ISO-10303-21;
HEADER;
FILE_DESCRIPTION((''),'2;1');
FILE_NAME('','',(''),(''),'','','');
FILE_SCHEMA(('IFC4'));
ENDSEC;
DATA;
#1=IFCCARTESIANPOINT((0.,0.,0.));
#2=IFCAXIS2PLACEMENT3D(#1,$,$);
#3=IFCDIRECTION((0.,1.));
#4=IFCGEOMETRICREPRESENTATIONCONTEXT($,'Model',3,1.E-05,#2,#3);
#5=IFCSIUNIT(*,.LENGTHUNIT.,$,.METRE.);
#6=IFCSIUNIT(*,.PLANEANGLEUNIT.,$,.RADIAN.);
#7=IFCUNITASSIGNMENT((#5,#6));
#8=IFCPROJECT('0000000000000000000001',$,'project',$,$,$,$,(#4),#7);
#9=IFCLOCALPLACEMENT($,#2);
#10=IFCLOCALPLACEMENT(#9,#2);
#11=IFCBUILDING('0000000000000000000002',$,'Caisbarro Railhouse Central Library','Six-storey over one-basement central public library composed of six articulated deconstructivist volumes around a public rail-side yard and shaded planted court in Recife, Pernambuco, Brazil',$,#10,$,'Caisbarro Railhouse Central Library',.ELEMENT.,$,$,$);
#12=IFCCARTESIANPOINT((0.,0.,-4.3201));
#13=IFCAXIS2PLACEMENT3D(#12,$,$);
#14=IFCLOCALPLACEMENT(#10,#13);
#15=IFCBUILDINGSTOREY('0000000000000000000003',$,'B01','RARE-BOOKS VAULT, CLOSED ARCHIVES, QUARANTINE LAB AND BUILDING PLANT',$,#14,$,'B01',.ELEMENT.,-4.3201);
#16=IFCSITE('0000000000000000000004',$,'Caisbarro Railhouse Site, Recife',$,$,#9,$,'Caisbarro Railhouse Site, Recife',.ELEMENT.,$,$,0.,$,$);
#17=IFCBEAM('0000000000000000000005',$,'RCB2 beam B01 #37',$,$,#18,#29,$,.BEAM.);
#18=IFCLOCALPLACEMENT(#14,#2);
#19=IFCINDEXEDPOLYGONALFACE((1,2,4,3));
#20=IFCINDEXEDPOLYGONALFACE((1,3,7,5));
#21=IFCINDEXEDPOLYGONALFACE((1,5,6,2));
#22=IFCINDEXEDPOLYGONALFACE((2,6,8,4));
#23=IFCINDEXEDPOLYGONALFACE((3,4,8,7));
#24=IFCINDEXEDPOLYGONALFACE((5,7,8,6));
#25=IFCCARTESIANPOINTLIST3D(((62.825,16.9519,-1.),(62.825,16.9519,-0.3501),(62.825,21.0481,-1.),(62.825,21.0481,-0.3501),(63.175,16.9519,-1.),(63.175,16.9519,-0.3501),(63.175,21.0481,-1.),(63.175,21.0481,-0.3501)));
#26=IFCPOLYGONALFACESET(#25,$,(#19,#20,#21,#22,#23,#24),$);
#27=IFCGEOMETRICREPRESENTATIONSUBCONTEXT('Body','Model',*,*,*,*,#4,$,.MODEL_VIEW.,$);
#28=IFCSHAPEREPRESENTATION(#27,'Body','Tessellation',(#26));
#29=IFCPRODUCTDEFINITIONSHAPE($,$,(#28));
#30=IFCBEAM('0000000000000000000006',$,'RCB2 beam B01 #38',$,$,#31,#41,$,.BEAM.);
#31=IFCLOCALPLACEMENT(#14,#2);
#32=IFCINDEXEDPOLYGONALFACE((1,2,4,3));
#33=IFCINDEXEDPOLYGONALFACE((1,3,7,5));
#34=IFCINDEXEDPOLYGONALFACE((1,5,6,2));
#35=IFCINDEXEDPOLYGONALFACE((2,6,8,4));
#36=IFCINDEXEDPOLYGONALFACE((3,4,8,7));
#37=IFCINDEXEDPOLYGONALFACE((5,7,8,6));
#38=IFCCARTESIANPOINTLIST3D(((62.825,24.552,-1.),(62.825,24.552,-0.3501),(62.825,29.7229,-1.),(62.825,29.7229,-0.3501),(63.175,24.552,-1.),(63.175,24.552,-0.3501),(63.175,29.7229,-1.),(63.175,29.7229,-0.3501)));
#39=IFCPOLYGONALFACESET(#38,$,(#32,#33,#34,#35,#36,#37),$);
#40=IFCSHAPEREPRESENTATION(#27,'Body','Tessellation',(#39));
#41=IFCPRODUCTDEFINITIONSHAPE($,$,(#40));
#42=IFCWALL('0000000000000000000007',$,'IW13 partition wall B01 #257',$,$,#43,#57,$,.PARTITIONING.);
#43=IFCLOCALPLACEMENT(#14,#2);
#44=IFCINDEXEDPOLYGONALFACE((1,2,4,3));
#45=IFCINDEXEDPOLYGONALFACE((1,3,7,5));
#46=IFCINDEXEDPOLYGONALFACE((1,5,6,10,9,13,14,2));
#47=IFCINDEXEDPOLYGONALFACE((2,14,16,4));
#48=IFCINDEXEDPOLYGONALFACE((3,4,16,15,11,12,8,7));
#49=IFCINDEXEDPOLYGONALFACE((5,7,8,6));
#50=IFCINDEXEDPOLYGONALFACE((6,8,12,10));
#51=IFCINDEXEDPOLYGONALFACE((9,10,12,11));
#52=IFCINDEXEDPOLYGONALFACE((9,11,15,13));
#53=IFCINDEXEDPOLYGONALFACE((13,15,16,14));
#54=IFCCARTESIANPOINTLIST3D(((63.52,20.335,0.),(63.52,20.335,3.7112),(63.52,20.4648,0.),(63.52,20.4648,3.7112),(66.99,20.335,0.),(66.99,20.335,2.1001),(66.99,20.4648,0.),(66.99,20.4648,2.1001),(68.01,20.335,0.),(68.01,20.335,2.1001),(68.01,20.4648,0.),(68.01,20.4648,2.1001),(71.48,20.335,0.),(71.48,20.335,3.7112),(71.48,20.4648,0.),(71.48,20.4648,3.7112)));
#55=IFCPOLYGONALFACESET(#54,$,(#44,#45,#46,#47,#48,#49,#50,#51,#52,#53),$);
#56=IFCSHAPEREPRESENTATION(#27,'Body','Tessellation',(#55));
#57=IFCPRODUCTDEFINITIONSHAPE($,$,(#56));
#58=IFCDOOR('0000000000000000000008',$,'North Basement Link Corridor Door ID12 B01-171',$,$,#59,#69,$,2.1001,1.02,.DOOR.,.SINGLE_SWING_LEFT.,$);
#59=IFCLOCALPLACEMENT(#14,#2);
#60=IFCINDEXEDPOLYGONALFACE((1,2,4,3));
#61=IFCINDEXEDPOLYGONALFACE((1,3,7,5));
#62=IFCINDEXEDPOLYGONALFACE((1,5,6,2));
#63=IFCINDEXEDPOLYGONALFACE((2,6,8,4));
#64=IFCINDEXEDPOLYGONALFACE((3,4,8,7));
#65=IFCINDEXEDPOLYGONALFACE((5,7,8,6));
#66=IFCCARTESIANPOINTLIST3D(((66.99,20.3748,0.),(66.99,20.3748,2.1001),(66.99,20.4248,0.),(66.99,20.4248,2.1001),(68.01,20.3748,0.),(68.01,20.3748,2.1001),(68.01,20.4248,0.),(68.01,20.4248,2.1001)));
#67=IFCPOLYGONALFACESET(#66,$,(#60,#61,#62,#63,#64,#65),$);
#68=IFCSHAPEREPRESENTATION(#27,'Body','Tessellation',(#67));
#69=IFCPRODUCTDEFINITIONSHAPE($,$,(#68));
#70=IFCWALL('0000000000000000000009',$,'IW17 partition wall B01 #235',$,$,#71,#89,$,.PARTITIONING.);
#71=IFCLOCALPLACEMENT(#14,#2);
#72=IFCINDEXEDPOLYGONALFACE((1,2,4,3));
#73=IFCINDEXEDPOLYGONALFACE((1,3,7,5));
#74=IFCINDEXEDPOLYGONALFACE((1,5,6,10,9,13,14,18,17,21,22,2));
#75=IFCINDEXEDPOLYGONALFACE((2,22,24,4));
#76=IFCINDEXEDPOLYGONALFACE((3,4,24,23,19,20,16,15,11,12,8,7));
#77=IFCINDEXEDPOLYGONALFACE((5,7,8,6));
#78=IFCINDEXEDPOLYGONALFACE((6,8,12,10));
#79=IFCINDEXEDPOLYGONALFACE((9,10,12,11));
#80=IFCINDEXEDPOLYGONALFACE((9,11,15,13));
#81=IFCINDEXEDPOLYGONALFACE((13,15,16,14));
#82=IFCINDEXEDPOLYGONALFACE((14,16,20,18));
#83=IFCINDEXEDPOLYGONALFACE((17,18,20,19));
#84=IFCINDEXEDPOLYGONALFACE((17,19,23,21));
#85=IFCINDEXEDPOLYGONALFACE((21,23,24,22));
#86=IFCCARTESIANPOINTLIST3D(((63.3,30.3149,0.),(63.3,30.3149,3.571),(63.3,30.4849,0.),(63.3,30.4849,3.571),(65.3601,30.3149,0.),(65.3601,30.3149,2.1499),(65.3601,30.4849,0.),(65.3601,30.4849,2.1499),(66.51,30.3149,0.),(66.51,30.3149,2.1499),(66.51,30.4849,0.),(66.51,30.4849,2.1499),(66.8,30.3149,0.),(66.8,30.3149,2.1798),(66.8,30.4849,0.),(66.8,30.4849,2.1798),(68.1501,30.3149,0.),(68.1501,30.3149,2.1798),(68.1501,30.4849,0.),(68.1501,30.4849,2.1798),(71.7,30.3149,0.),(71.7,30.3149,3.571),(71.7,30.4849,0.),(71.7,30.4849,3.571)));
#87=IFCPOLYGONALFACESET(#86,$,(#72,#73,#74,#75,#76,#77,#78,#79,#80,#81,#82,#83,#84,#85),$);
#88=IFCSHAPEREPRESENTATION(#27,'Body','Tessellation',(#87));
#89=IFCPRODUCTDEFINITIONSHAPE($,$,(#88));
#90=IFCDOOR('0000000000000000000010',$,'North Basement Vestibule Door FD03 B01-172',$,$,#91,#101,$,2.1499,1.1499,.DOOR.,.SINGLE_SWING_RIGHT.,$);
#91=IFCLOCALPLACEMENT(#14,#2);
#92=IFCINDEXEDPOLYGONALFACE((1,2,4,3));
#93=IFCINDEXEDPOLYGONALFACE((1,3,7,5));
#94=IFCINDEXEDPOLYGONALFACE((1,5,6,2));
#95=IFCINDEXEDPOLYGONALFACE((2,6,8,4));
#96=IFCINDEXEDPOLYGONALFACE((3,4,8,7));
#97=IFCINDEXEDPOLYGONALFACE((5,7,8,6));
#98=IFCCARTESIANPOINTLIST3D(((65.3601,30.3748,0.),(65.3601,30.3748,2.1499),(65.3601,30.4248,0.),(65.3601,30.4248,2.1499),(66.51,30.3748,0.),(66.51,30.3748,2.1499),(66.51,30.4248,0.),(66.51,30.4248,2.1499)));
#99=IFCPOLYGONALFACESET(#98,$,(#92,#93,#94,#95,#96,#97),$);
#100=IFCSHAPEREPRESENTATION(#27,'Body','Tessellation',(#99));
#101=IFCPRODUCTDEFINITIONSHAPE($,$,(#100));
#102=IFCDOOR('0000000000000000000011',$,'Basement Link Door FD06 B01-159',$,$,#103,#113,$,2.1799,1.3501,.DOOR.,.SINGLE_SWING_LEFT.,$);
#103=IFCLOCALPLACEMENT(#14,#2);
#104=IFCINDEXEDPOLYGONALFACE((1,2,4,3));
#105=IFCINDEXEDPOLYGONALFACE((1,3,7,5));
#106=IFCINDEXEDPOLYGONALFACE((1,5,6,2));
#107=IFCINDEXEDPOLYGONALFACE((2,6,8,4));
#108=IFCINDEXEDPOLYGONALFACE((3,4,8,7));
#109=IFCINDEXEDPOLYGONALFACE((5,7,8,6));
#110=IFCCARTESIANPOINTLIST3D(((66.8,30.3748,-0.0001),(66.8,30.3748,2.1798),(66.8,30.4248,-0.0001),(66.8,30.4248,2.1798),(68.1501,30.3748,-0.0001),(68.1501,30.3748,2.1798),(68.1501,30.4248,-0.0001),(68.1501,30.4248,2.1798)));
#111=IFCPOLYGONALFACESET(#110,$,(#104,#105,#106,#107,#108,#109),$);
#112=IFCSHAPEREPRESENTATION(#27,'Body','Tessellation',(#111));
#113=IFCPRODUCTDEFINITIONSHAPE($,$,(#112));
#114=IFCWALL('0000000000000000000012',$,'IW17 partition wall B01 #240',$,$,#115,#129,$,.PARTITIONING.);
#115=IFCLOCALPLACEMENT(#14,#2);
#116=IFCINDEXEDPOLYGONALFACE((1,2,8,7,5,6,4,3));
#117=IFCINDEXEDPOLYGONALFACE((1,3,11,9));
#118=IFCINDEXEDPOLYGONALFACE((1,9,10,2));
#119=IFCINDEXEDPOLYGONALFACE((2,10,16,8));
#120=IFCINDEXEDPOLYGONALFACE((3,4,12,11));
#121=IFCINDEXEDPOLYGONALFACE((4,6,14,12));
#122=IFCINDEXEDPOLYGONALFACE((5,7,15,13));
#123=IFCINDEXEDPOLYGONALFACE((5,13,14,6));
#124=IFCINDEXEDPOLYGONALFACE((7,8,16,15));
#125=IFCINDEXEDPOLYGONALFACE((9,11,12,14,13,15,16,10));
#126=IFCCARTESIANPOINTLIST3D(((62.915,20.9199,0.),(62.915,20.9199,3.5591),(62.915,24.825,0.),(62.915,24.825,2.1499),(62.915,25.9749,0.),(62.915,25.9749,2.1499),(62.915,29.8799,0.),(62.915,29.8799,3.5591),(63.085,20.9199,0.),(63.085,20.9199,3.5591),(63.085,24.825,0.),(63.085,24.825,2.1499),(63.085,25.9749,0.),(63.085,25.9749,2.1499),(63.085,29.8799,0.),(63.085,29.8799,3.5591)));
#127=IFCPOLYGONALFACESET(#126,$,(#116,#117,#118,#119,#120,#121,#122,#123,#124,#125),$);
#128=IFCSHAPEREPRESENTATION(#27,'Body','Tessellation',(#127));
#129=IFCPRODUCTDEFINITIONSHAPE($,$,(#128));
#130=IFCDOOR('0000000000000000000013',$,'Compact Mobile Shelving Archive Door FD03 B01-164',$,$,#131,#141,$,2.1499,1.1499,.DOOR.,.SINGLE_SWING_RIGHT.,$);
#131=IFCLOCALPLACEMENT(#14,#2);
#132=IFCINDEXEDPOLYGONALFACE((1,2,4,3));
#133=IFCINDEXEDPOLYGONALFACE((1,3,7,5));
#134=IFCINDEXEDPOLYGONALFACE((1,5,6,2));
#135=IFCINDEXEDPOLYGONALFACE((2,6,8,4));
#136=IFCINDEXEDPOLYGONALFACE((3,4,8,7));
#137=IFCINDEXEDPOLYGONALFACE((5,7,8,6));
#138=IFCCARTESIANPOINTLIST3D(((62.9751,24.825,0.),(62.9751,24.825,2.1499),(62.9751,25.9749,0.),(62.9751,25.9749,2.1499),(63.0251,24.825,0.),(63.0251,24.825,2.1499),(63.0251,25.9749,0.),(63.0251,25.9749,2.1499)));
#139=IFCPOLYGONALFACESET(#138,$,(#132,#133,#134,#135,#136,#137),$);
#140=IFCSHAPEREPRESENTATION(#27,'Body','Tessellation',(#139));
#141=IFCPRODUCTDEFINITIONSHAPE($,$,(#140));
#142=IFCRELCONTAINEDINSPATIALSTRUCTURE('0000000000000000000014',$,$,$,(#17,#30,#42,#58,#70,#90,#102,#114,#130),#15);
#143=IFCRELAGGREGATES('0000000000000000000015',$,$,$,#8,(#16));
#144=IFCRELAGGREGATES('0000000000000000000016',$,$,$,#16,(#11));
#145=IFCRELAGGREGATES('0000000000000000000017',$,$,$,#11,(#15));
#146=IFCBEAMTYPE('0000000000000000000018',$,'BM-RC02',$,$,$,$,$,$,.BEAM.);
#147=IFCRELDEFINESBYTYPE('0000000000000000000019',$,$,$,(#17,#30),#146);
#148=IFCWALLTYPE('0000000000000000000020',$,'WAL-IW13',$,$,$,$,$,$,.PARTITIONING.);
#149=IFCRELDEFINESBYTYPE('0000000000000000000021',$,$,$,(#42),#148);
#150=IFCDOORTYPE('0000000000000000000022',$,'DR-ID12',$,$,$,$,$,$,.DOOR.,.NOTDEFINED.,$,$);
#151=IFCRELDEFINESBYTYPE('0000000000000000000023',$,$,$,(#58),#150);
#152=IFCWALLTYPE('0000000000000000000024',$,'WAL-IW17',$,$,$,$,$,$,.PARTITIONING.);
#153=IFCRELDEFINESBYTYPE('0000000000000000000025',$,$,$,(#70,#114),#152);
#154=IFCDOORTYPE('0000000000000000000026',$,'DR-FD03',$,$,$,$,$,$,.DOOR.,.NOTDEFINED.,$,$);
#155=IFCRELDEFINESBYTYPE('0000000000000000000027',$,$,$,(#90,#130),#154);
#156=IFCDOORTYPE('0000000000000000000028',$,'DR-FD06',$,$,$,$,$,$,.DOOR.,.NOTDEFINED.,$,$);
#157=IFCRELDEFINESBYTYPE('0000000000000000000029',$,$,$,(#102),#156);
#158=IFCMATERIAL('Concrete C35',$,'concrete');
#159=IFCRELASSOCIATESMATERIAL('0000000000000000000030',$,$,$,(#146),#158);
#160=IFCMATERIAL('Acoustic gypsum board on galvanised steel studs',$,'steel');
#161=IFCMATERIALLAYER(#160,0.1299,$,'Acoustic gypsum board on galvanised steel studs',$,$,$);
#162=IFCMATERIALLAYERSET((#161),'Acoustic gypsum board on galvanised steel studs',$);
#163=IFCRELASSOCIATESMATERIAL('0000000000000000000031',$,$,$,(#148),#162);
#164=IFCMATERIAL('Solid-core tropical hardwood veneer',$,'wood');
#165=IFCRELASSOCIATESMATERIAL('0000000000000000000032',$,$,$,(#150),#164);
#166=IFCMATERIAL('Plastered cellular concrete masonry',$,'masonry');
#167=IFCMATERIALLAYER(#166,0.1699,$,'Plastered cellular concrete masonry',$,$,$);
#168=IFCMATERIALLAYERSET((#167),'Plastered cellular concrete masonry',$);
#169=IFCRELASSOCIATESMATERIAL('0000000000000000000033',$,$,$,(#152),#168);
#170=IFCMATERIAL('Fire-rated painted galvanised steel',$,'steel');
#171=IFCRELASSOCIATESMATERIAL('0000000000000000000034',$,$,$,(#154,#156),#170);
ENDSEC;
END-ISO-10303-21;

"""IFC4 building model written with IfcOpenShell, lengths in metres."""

from ifc_helpers import new_model, si_unit, direction, frame, frame_2d, origin, origin_2d, place, context, subcontext, project, spatial, rectangle, extrude, material, layer, layer_set, material_profile, profile_set, type_object, element, fill, save


model = new_model("IFC4")

# Units and contexts
model_context = context("Model", 3, precision=1e-05, world=origin(), true_north=direction((0.0, 1.0)))
body_context = subcontext(model_context, "Body", "Model", "MODEL_VIEW")
ifc_project = project(units=[si_unit("LENGTHUNIT", "METRE"), si_unit("PLANEANGLEUNIT", "RADIAN")], contexts=[model_context])

# Site, building, storey
site_placement = place(None, origin())
site = spatial("IfcSite", under=ifc_project, at=site_placement, Name="Caisbarro Railhouse Site, Recife", LongName="Caisbarro Railhouse Site, Recife", CompositionType="ELEMENT", RefElevation=0.0)
building_placement = place(site_placement, origin())
building = spatial("IfcBuilding", under=site, at=building_placement, Name="Caisbarro Railhouse Central Library", Description="Six-storey over one-basement central public library composed of six articulated deconstructivist volumes around a public rail-side yard and shaded planted court in Recife, Pernambuco, Brazil", LongName="Caisbarro Railhouse Central Library", CompositionType="ELEMENT")
storey_placement = place(building_placement, frame((0.0, 0.0, -4.3201)))
storey = spatial("IfcBuildingStorey", under=building, at=storey_placement, Name="B01", Description="RARE-BOOKS VAULT, CLOSED ARCHIVES, QUARANTINE LAB AND BUILDING PLANT", LongName="B01", CompositionType="ELEMENT", Elevation=-4.3201)

# Shared definitions
ifc_material_1 = material(Name="Concrete C35", Category="concrete")

# Beams
ifc_material_profile_1 = material_profile(ifc_material_1, rectangle(XDim=0.3501, YDim=0.6499, at=origin_2d()), Name="RC-BM-350X650")
ifc_profile_set_1 = profile_set([ifc_material_profile_1], Name="Concrete C35")
beam_type_1 = type_object("IfcBeamType", Name="BM-RC02", PredefinedType="BEAM", material=ifc_profile_set_1)
beam_1_placement = place(storey_placement, frame((63.0, 16.9519, -0.675), z_axis=(0.0, 1.0, 0.0), x_axis=(-1.0, 0.0, 0.0)))
element("IfcBeam", 1, at=beam_1_placement, inside=storey, type_object=beam_type_1, Name="RCB2 beam B01 #37", PredefinedType="BEAM", context=body_context, shape_type="SweptSolid", body=[
    extrude(rectangle(XDim=0.3501, YDim=0.6499, at=origin_2d()), origin(), (0.0, 0.0, 1.0), 4.0962),
])
beam_2_placement = place(storey_placement, frame((63.0, 24.552, -0.675), z_axis=(0.0, 1.0, 0.0), x_axis=(-1.0, 0.0, 0.0)))
element("IfcBeam", 2, at=beam_2_placement, inside=storey, type_object=beam_type_1, Name="RCB2 beam B01 #38", PredefinedType="BEAM", context=body_context, shape_type="SweptSolid", body=[
    extrude(rectangle(XDim=0.3501, YDim=0.6499, at=origin_2d()), origin(), (0.0, 0.0, 1.0), 5.1709),
])

# Wall, opening, door
ifc_material_2 = material(Name="Acoustic gypsum board on galvanised steel studs", Category="steel")
ifc_layer_1 = layer(ifc_material_2, 0.1299, Name="Acoustic gypsum board on galvanised steel studs")
ifc_layer_set_1 = layer_set([ifc_layer_1], Name="Acoustic gypsum board on galvanised steel studs")
wall_type_1 = type_object("IfcWallType", Name="WAL-IW13", PredefinedType="PARTITIONING", material=ifc_layer_set_1)
wall_1_placement = place(storey_placement, frame((63.52, 20.3999, 0.0), z_axis=(0.0, 0.0, 1.0), x_axis=(1.0, 0.0, 0.0)))
wall_1 = element("IfcWall", 3, at=wall_1_placement, inside=storey, type_object=wall_type_1, Name="IW13 partition wall B01 #257", PredefinedType="PARTITIONING", context=body_context, shape_type="SweptSolid", body=[
    extrude(rectangle(XDim=7.96, YDim=0.1299, at=frame_2d((3.98, 0.0))), origin(), (0.0, 0.0, 1.0), 3.7112),
])
opening_1_placement = place(wall_1_placement, frame((3.47, 0.0, 0.0)))
opening_1 = element("IfcOpeningElement", 4, at=opening_1_placement, cuts=wall_1, PredefinedType="OPENING", context=body_context, shape_type="SweptSolid", body=[
    extrude(rectangle(XDim=1.02, YDim=2.1001, at=frame_2d((0.51, 1.05))), frame((0.0, 0.075, 0.0), z_axis=(0.0, -1.0, 0.0), x_axis=(1.0, 0.0, 0.0)), (0.0, 0.0, 1.0), 0.1499),
])
ifc_material_3 = material(Name="Solid-core tropical hardwood veneer", Category="wood")
door_type_1 = type_object("IfcDoorType", Name="DR-ID12", OperationType="NOTDEFINED", PredefinedType="DOOR", material=ifc_material_3)
door_1_placement = place(opening_1_placement, origin())
door_1 = element("IfcDoor", 5, at=door_1_placement, inside=storey, type_object=door_type_1, Name="North Basement Link Corridor Door ID12 B01-171", OperationType="SINGLE_SWING_LEFT", OverallHeight=2.1001, OverallWidth=1.02, PredefinedType="DOOR", context=body_context, shape_type="SweptSolid", body=[
    extrude(rectangle(XDim=1.02, YDim=2.1001, at=frame_2d((0.51, 1.05))), frame((0.0, 0.0249, 0.0), z_axis=(0.0, -1.0, 0.0), x_axis=(1.0, 0.0, 0.0)), (0.0, 0.0, 1.0), 0.05),
])
fill(opening_1, door_1)

# Wall, openings, doors
ifc_material_4 = material(Name="Plastered cellular concrete masonry", Category="masonry")
ifc_layer_2 = layer(ifc_material_4, 0.1699, Name="Plastered cellular concrete masonry")
ifc_layer_set_2 = layer_set([ifc_layer_2], Name="Plastered cellular concrete masonry")
wall_type_2 = type_object("IfcWallType", Name="WAL-IW17", PredefinedType="PARTITIONING", material=ifc_layer_set_2)
wall_2_placement = place(storey_placement, frame((63.3, 30.3999, 0.0), z_axis=(0.0, 0.0, 1.0), x_axis=(1.0, 0.0, 0.0)))
wall_2 = element("IfcWall", 6, at=wall_2_placement, inside=storey, type_object=wall_type_2, Name="IW17 partition wall B01 #235", PredefinedType="PARTITIONING", context=body_context, shape_type="SweptSolid", body=[
    extrude(rectangle(XDim=8.3999, YDim=0.1699, at=frame_2d((4.2, 0.0))), origin(), (0.0, 0.0, 1.0), 3.571),
])
opening_2_placement = place(wall_2_placement, frame((3.5, 0.0, 0.0)))
opening_2 = element("IfcOpeningElement", 7, at=opening_2_placement, cuts=wall_2, PredefinedType="OPENING", context=body_context, shape_type="SweptSolid", body=[
    extrude(rectangle(XDim=1.3501, YDim=2.1799, at=frame_2d((0.675, 1.0898))), frame((0.0, 0.095, 0.0), z_axis=(0.0, -1.0, 0.0), x_axis=(1.0, 0.0, 0.0)), (0.0, 0.0, 1.0), 0.1899),
])
opening_3_placement = place(wall_2_placement, frame((2.0601, 0.0, 0.0)))
opening_3 = element("IfcOpeningElement", 8, at=opening_3_placement, cuts=wall_2, PredefinedType="OPENING", context=body_context, shape_type="SweptSolid", body=[
    extrude(rectangle(XDim=1.1499, YDim=2.1499, at=frame_2d((0.575, 1.075))), frame((0.0, 0.095, 0.0), z_axis=(0.0, -1.0, 0.0), x_axis=(1.0, 0.0, 0.0)), (0.0, 0.0, 1.0), 0.1899),
])
ifc_material_5 = material(Name="Fire-rated painted galvanised steel", Category="steel")
door_type_2 = type_object("IfcDoorType", Name="DR-FD03", OperationType="NOTDEFINED", PredefinedType="DOOR", material=ifc_material_5)
door_2_placement = place(opening_3_placement, origin())
door_2 = element("IfcDoor", 9, at=door_2_placement, inside=storey, type_object=door_type_2, Name="North Basement Vestibule Door FD03 B01-172", OperationType="SINGLE_SWING_RIGHT", OverallHeight=2.1499, OverallWidth=1.1499, PredefinedType="DOOR", context=body_context, shape_type="SweptSolid", body=[
    extrude(rectangle(XDim=1.1499, YDim=2.1499, at=frame_2d((0.575, 1.075))), frame((0.0, 0.0249, 0.0), z_axis=(0.0, -1.0, 0.0), x_axis=(1.0, 0.0, 0.0)), (0.0, 0.0, 1.0), 0.05),
])
fill(opening_3, door_2)
door_type_3 = type_object("IfcDoorType", Name="DR-FD06", OperationType="NOTDEFINED", PredefinedType="DOOR", material=ifc_material_5)
door_3_placement = place(opening_2_placement, origin())
door_3 = element("IfcDoor", 10, at=door_3_placement, inside=storey, type_object=door_type_3, Name="Basement Link Door FD06 B01-159", OperationType="SINGLE_SWING_LEFT", OverallHeight=2.1799, OverallWidth=1.3501, PredefinedType="DOOR", context=body_context, shape_type="SweptSolid", body=[
    extrude(rectangle(XDim=1.3501, YDim=2.1799, at=frame_2d((0.675, 1.0898))), frame((0.0, 0.0249, 0.0), z_axis=(0.0, -1.0, 0.0), x_axis=(1.0, 0.0, 0.0)), (0.0, 0.0, 1.0), 0.05),
])
fill(opening_2, door_3)

# Wall, opening, door
wall_3_placement = place(storey_placement, frame((63.0, 20.9199, 0.0), z_axis=(0.0, 0.0, 1.0), x_axis=(0.0, 1.0, 0.0)))
wall_3 = element("IfcWall", 11, at=wall_3_placement, inside=storey, type_object=wall_type_2, Name="IW17 partition wall B01 #240", PredefinedType="PARTITIONING", context=body_context, shape_type="SweptSolid", body=[
    extrude(rectangle(XDim=8.96, YDim=0.1699, at=frame_2d((4.48, 0.0))), origin(), (0.0, 0.0, 1.0), 3.5591),
])
opening_4_placement = place(wall_3_placement, frame((3.905, 0.0, 0.0)))
opening_4 = element("IfcOpeningElement", 12, at=opening_4_placement, cuts=wall_3, PredefinedType="OPENING", context=body_context, shape_type="SweptSolid", body=[
    extrude(rectangle(XDim=1.1499, YDim=2.1499, at=frame_2d((0.575, 1.075))), frame((0.0, 0.095, 0.0), z_axis=(0.0, -1.0, 0.0), x_axis=(1.0, 0.0, 0.0)), (0.0, 0.0, 1.0), 0.1899),
])
door_4_placement = place(opening_4_placement, origin())
door_4 = element("IfcDoor", 13, at=door_4_placement, inside=storey, type_object=door_type_2, Name="Compact Mobile Shelving Archive Door FD03 B01-164", OperationType="SINGLE_SWING_RIGHT", OverallHeight=2.1499, OverallWidth=1.1499, PredefinedType="DOOR", context=body_context, shape_type="SweptSolid", body=[
    extrude(rectangle(XDim=1.1499, YDim=2.1499, at=frame_2d((0.575, 1.075))), frame((0.0, 0.0249, 0.0), z_axis=(0.0, -1.0, 0.0), x_axis=(1.0, 0.0, 0.0)), (0.0, 0.0, 1.0), 0.05),
])
fill(opening_4, door_4)

save(model, "model.ifc")
